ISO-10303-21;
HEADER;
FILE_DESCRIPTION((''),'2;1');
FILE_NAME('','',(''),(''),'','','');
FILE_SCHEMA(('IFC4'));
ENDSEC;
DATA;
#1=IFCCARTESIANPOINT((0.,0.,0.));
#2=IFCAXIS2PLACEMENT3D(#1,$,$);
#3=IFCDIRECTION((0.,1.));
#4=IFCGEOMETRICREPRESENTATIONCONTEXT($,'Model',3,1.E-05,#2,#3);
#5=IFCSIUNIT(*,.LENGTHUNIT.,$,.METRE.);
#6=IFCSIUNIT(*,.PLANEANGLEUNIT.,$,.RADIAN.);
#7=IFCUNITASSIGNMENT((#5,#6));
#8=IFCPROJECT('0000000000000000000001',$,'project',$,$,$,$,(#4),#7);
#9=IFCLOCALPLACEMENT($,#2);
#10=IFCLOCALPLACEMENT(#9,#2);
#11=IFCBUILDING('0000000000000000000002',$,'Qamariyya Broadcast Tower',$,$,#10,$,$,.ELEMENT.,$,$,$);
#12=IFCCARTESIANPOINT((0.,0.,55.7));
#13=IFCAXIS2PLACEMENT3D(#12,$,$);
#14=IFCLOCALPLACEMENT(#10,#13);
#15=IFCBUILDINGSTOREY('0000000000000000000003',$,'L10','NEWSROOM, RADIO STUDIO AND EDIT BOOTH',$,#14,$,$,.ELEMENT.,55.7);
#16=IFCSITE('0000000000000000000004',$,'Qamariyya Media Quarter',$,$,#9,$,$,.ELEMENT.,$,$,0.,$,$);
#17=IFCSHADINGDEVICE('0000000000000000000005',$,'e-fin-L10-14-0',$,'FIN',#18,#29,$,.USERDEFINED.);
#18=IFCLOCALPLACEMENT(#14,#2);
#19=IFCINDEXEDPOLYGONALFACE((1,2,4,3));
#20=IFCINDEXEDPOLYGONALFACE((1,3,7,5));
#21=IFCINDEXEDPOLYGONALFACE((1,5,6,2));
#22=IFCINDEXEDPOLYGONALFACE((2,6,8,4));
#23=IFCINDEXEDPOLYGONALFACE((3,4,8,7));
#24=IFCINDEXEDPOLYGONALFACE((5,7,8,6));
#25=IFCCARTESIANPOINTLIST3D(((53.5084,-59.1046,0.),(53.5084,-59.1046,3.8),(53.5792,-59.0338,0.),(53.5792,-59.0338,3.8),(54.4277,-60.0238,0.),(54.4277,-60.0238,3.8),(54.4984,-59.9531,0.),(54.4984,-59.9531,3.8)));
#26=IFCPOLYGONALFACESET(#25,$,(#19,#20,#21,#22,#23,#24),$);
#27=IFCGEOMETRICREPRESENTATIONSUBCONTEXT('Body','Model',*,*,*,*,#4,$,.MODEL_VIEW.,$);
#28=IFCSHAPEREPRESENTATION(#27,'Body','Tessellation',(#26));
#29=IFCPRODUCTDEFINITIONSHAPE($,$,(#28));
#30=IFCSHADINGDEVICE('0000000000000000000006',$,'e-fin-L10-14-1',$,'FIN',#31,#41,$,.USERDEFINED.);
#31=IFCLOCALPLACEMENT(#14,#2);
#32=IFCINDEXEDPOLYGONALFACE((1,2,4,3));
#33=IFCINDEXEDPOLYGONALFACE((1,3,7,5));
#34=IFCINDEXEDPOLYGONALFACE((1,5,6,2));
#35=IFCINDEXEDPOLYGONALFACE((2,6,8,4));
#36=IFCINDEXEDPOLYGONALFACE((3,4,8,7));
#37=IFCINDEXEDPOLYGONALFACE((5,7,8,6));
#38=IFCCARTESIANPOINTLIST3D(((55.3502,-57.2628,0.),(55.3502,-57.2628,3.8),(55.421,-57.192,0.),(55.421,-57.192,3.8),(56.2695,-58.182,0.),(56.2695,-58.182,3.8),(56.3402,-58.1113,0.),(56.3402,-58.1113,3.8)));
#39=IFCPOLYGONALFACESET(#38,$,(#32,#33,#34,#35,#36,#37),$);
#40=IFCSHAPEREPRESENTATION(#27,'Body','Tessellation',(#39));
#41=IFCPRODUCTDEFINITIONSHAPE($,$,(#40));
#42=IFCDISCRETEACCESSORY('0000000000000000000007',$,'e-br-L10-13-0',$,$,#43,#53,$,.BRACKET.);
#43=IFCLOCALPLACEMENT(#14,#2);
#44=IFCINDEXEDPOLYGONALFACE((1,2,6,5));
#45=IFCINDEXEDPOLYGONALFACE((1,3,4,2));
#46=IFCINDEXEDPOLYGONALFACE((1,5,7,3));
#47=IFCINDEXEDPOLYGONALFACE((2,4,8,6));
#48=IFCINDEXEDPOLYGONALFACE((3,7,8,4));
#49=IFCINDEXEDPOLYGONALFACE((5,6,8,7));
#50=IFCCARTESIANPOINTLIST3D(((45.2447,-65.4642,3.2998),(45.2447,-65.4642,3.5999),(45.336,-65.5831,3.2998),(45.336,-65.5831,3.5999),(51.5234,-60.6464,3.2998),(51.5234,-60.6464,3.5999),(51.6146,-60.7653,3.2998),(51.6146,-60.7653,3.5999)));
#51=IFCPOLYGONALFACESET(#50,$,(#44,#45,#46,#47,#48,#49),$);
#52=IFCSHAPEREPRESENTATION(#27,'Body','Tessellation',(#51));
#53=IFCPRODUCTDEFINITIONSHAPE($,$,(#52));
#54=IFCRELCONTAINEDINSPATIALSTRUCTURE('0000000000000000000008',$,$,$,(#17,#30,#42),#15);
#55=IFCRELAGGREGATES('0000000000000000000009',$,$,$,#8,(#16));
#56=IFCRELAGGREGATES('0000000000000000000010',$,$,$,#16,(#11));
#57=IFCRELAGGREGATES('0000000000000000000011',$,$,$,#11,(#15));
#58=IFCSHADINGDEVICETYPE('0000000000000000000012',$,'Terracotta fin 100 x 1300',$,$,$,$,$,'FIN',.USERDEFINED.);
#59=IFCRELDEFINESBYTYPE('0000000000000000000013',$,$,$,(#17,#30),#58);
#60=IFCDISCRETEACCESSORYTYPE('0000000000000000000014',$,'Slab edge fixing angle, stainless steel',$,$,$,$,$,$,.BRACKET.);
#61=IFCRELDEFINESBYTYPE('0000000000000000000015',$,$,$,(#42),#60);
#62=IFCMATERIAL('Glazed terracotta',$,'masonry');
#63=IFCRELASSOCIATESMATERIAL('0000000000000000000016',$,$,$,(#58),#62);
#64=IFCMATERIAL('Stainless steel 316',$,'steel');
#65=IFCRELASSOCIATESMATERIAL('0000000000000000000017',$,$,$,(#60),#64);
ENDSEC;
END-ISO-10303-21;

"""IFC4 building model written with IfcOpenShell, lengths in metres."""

from ifc_helpers import new_model, si_unit, direction, frame, origin, origin_2d, place, context, subcontext, project, spatial, rectangle, extrude, material, material_profile, profile_set, type_object, element, save


model = new_model("IFC4")

# Units and contexts
model_context = context("Model", 3, precision=1e-05, world=origin(), true_north=direction((0.0, 1.0)))
body_context = subcontext(model_context, "Body", "Model", "MODEL_VIEW")
ifc_project = project(units=[si_unit("LENGTHUNIT", "METRE"), si_unit("PLANEANGLEUNIT", "RADIAN")], contexts=[model_context])

# Site, building, storey
site_placement = place(None, origin())
site = spatial("IfcSite", under=ifc_project, at=site_placement, Name="Qamariyya Media Quarter", CompositionType="ELEMENT", RefElevation=0.0)
building_placement = place(site_placement, origin())
building = spatial("IfcBuilding", under=site, at=building_placement, Name="Qamariyya Broadcast Tower", CompositionType="ELEMENT")
storey_placement = place(building_placement, frame((0.0, 0.0, 55.7)))
storey = spatial("IfcBuildingStorey", under=building, at=storey_placement, Name="L10", Description="NEWSROOM, RADIO STUDIO AND EDIT BOOTH", CompositionType="ELEMENT", Elevation=55.7)

# Shading devices
ifc_material_1 = material(Name="Glazed terracotta", Category="masonry")
ifc_material_profile_1 = material_profile(ifc_material_1, rectangle(XDim=1.3, YDim=0.1001, at=origin_2d()))
ifc_profile_set_1 = profile_set([ifc_material_profile_1], Name="Glazed terracotta")
shading_device_type_1 = type_object("IfcShadingDeviceType", Name="Terracotta fin 100 x 1300", ElementType="FIN", PredefinedType="USERDEFINED", material=ifc_profile_set_1)
for number, where, z_axis, x_axis, name in (
    (1, (54.0034, -59.5288, 0.0), (0.0, 0.0, 1.0), (0.707107, -0.707107, 0.0), "e-fin-L10-14-0"),
    (2, (55.8452, -57.687, 0.0), (0.0, 0.0, 1.0), (0.707107, -0.707107, 0.0), "e-fin-L10-14-1"),
):
    element("IfcShadingDevice", number, at=place(storey_placement, frame(where, z_axis=z_axis, x_axis=x_axis)), inside=storey, type_object=shading_device_type_1, Name=name, ObjectType="FIN", PredefinedType="USERDEFINED", context=body_context, shape_type="SweptSolid", body=[
        extrude(rectangle(XDim=1.3, YDim=0.1001, at=origin_2d()), origin(), (0.0, 0.0, 1.0), 3.8),
    ])

# Discrete accessory
ifc_material_2 = material(Name="Stainless steel 316", Category="steel")
discrete_accessory_type = type_object("IfcDiscreteAccessoryType", Name="Slab edge fixing angle, stainless steel", PredefinedType="BRACKET", material=ifc_material_2)
discrete_accessory_placement = place(storey_placement, frame((48.4297, -63.1147, 3.2998), z_axis=(0.0, 0.0, 1.0), x_axis=(0.793353, 0.608761, 0.0)))
element("IfcDiscreteAccessory", 3, at=discrete_accessory_placement, inside=storey, type_object=discrete_accessory_type, Name="e-br-L10-13-0", PredefinedType="BRACKET", context=body_context, shape_type="SweptSolid", body=[
    extrude(rectangle(XDim=7.9141, YDim=0.1499, at=origin_2d()), origin(), (0.0, 0.0, 1.0), 0.3),
])

save(model, "model.ifc")
